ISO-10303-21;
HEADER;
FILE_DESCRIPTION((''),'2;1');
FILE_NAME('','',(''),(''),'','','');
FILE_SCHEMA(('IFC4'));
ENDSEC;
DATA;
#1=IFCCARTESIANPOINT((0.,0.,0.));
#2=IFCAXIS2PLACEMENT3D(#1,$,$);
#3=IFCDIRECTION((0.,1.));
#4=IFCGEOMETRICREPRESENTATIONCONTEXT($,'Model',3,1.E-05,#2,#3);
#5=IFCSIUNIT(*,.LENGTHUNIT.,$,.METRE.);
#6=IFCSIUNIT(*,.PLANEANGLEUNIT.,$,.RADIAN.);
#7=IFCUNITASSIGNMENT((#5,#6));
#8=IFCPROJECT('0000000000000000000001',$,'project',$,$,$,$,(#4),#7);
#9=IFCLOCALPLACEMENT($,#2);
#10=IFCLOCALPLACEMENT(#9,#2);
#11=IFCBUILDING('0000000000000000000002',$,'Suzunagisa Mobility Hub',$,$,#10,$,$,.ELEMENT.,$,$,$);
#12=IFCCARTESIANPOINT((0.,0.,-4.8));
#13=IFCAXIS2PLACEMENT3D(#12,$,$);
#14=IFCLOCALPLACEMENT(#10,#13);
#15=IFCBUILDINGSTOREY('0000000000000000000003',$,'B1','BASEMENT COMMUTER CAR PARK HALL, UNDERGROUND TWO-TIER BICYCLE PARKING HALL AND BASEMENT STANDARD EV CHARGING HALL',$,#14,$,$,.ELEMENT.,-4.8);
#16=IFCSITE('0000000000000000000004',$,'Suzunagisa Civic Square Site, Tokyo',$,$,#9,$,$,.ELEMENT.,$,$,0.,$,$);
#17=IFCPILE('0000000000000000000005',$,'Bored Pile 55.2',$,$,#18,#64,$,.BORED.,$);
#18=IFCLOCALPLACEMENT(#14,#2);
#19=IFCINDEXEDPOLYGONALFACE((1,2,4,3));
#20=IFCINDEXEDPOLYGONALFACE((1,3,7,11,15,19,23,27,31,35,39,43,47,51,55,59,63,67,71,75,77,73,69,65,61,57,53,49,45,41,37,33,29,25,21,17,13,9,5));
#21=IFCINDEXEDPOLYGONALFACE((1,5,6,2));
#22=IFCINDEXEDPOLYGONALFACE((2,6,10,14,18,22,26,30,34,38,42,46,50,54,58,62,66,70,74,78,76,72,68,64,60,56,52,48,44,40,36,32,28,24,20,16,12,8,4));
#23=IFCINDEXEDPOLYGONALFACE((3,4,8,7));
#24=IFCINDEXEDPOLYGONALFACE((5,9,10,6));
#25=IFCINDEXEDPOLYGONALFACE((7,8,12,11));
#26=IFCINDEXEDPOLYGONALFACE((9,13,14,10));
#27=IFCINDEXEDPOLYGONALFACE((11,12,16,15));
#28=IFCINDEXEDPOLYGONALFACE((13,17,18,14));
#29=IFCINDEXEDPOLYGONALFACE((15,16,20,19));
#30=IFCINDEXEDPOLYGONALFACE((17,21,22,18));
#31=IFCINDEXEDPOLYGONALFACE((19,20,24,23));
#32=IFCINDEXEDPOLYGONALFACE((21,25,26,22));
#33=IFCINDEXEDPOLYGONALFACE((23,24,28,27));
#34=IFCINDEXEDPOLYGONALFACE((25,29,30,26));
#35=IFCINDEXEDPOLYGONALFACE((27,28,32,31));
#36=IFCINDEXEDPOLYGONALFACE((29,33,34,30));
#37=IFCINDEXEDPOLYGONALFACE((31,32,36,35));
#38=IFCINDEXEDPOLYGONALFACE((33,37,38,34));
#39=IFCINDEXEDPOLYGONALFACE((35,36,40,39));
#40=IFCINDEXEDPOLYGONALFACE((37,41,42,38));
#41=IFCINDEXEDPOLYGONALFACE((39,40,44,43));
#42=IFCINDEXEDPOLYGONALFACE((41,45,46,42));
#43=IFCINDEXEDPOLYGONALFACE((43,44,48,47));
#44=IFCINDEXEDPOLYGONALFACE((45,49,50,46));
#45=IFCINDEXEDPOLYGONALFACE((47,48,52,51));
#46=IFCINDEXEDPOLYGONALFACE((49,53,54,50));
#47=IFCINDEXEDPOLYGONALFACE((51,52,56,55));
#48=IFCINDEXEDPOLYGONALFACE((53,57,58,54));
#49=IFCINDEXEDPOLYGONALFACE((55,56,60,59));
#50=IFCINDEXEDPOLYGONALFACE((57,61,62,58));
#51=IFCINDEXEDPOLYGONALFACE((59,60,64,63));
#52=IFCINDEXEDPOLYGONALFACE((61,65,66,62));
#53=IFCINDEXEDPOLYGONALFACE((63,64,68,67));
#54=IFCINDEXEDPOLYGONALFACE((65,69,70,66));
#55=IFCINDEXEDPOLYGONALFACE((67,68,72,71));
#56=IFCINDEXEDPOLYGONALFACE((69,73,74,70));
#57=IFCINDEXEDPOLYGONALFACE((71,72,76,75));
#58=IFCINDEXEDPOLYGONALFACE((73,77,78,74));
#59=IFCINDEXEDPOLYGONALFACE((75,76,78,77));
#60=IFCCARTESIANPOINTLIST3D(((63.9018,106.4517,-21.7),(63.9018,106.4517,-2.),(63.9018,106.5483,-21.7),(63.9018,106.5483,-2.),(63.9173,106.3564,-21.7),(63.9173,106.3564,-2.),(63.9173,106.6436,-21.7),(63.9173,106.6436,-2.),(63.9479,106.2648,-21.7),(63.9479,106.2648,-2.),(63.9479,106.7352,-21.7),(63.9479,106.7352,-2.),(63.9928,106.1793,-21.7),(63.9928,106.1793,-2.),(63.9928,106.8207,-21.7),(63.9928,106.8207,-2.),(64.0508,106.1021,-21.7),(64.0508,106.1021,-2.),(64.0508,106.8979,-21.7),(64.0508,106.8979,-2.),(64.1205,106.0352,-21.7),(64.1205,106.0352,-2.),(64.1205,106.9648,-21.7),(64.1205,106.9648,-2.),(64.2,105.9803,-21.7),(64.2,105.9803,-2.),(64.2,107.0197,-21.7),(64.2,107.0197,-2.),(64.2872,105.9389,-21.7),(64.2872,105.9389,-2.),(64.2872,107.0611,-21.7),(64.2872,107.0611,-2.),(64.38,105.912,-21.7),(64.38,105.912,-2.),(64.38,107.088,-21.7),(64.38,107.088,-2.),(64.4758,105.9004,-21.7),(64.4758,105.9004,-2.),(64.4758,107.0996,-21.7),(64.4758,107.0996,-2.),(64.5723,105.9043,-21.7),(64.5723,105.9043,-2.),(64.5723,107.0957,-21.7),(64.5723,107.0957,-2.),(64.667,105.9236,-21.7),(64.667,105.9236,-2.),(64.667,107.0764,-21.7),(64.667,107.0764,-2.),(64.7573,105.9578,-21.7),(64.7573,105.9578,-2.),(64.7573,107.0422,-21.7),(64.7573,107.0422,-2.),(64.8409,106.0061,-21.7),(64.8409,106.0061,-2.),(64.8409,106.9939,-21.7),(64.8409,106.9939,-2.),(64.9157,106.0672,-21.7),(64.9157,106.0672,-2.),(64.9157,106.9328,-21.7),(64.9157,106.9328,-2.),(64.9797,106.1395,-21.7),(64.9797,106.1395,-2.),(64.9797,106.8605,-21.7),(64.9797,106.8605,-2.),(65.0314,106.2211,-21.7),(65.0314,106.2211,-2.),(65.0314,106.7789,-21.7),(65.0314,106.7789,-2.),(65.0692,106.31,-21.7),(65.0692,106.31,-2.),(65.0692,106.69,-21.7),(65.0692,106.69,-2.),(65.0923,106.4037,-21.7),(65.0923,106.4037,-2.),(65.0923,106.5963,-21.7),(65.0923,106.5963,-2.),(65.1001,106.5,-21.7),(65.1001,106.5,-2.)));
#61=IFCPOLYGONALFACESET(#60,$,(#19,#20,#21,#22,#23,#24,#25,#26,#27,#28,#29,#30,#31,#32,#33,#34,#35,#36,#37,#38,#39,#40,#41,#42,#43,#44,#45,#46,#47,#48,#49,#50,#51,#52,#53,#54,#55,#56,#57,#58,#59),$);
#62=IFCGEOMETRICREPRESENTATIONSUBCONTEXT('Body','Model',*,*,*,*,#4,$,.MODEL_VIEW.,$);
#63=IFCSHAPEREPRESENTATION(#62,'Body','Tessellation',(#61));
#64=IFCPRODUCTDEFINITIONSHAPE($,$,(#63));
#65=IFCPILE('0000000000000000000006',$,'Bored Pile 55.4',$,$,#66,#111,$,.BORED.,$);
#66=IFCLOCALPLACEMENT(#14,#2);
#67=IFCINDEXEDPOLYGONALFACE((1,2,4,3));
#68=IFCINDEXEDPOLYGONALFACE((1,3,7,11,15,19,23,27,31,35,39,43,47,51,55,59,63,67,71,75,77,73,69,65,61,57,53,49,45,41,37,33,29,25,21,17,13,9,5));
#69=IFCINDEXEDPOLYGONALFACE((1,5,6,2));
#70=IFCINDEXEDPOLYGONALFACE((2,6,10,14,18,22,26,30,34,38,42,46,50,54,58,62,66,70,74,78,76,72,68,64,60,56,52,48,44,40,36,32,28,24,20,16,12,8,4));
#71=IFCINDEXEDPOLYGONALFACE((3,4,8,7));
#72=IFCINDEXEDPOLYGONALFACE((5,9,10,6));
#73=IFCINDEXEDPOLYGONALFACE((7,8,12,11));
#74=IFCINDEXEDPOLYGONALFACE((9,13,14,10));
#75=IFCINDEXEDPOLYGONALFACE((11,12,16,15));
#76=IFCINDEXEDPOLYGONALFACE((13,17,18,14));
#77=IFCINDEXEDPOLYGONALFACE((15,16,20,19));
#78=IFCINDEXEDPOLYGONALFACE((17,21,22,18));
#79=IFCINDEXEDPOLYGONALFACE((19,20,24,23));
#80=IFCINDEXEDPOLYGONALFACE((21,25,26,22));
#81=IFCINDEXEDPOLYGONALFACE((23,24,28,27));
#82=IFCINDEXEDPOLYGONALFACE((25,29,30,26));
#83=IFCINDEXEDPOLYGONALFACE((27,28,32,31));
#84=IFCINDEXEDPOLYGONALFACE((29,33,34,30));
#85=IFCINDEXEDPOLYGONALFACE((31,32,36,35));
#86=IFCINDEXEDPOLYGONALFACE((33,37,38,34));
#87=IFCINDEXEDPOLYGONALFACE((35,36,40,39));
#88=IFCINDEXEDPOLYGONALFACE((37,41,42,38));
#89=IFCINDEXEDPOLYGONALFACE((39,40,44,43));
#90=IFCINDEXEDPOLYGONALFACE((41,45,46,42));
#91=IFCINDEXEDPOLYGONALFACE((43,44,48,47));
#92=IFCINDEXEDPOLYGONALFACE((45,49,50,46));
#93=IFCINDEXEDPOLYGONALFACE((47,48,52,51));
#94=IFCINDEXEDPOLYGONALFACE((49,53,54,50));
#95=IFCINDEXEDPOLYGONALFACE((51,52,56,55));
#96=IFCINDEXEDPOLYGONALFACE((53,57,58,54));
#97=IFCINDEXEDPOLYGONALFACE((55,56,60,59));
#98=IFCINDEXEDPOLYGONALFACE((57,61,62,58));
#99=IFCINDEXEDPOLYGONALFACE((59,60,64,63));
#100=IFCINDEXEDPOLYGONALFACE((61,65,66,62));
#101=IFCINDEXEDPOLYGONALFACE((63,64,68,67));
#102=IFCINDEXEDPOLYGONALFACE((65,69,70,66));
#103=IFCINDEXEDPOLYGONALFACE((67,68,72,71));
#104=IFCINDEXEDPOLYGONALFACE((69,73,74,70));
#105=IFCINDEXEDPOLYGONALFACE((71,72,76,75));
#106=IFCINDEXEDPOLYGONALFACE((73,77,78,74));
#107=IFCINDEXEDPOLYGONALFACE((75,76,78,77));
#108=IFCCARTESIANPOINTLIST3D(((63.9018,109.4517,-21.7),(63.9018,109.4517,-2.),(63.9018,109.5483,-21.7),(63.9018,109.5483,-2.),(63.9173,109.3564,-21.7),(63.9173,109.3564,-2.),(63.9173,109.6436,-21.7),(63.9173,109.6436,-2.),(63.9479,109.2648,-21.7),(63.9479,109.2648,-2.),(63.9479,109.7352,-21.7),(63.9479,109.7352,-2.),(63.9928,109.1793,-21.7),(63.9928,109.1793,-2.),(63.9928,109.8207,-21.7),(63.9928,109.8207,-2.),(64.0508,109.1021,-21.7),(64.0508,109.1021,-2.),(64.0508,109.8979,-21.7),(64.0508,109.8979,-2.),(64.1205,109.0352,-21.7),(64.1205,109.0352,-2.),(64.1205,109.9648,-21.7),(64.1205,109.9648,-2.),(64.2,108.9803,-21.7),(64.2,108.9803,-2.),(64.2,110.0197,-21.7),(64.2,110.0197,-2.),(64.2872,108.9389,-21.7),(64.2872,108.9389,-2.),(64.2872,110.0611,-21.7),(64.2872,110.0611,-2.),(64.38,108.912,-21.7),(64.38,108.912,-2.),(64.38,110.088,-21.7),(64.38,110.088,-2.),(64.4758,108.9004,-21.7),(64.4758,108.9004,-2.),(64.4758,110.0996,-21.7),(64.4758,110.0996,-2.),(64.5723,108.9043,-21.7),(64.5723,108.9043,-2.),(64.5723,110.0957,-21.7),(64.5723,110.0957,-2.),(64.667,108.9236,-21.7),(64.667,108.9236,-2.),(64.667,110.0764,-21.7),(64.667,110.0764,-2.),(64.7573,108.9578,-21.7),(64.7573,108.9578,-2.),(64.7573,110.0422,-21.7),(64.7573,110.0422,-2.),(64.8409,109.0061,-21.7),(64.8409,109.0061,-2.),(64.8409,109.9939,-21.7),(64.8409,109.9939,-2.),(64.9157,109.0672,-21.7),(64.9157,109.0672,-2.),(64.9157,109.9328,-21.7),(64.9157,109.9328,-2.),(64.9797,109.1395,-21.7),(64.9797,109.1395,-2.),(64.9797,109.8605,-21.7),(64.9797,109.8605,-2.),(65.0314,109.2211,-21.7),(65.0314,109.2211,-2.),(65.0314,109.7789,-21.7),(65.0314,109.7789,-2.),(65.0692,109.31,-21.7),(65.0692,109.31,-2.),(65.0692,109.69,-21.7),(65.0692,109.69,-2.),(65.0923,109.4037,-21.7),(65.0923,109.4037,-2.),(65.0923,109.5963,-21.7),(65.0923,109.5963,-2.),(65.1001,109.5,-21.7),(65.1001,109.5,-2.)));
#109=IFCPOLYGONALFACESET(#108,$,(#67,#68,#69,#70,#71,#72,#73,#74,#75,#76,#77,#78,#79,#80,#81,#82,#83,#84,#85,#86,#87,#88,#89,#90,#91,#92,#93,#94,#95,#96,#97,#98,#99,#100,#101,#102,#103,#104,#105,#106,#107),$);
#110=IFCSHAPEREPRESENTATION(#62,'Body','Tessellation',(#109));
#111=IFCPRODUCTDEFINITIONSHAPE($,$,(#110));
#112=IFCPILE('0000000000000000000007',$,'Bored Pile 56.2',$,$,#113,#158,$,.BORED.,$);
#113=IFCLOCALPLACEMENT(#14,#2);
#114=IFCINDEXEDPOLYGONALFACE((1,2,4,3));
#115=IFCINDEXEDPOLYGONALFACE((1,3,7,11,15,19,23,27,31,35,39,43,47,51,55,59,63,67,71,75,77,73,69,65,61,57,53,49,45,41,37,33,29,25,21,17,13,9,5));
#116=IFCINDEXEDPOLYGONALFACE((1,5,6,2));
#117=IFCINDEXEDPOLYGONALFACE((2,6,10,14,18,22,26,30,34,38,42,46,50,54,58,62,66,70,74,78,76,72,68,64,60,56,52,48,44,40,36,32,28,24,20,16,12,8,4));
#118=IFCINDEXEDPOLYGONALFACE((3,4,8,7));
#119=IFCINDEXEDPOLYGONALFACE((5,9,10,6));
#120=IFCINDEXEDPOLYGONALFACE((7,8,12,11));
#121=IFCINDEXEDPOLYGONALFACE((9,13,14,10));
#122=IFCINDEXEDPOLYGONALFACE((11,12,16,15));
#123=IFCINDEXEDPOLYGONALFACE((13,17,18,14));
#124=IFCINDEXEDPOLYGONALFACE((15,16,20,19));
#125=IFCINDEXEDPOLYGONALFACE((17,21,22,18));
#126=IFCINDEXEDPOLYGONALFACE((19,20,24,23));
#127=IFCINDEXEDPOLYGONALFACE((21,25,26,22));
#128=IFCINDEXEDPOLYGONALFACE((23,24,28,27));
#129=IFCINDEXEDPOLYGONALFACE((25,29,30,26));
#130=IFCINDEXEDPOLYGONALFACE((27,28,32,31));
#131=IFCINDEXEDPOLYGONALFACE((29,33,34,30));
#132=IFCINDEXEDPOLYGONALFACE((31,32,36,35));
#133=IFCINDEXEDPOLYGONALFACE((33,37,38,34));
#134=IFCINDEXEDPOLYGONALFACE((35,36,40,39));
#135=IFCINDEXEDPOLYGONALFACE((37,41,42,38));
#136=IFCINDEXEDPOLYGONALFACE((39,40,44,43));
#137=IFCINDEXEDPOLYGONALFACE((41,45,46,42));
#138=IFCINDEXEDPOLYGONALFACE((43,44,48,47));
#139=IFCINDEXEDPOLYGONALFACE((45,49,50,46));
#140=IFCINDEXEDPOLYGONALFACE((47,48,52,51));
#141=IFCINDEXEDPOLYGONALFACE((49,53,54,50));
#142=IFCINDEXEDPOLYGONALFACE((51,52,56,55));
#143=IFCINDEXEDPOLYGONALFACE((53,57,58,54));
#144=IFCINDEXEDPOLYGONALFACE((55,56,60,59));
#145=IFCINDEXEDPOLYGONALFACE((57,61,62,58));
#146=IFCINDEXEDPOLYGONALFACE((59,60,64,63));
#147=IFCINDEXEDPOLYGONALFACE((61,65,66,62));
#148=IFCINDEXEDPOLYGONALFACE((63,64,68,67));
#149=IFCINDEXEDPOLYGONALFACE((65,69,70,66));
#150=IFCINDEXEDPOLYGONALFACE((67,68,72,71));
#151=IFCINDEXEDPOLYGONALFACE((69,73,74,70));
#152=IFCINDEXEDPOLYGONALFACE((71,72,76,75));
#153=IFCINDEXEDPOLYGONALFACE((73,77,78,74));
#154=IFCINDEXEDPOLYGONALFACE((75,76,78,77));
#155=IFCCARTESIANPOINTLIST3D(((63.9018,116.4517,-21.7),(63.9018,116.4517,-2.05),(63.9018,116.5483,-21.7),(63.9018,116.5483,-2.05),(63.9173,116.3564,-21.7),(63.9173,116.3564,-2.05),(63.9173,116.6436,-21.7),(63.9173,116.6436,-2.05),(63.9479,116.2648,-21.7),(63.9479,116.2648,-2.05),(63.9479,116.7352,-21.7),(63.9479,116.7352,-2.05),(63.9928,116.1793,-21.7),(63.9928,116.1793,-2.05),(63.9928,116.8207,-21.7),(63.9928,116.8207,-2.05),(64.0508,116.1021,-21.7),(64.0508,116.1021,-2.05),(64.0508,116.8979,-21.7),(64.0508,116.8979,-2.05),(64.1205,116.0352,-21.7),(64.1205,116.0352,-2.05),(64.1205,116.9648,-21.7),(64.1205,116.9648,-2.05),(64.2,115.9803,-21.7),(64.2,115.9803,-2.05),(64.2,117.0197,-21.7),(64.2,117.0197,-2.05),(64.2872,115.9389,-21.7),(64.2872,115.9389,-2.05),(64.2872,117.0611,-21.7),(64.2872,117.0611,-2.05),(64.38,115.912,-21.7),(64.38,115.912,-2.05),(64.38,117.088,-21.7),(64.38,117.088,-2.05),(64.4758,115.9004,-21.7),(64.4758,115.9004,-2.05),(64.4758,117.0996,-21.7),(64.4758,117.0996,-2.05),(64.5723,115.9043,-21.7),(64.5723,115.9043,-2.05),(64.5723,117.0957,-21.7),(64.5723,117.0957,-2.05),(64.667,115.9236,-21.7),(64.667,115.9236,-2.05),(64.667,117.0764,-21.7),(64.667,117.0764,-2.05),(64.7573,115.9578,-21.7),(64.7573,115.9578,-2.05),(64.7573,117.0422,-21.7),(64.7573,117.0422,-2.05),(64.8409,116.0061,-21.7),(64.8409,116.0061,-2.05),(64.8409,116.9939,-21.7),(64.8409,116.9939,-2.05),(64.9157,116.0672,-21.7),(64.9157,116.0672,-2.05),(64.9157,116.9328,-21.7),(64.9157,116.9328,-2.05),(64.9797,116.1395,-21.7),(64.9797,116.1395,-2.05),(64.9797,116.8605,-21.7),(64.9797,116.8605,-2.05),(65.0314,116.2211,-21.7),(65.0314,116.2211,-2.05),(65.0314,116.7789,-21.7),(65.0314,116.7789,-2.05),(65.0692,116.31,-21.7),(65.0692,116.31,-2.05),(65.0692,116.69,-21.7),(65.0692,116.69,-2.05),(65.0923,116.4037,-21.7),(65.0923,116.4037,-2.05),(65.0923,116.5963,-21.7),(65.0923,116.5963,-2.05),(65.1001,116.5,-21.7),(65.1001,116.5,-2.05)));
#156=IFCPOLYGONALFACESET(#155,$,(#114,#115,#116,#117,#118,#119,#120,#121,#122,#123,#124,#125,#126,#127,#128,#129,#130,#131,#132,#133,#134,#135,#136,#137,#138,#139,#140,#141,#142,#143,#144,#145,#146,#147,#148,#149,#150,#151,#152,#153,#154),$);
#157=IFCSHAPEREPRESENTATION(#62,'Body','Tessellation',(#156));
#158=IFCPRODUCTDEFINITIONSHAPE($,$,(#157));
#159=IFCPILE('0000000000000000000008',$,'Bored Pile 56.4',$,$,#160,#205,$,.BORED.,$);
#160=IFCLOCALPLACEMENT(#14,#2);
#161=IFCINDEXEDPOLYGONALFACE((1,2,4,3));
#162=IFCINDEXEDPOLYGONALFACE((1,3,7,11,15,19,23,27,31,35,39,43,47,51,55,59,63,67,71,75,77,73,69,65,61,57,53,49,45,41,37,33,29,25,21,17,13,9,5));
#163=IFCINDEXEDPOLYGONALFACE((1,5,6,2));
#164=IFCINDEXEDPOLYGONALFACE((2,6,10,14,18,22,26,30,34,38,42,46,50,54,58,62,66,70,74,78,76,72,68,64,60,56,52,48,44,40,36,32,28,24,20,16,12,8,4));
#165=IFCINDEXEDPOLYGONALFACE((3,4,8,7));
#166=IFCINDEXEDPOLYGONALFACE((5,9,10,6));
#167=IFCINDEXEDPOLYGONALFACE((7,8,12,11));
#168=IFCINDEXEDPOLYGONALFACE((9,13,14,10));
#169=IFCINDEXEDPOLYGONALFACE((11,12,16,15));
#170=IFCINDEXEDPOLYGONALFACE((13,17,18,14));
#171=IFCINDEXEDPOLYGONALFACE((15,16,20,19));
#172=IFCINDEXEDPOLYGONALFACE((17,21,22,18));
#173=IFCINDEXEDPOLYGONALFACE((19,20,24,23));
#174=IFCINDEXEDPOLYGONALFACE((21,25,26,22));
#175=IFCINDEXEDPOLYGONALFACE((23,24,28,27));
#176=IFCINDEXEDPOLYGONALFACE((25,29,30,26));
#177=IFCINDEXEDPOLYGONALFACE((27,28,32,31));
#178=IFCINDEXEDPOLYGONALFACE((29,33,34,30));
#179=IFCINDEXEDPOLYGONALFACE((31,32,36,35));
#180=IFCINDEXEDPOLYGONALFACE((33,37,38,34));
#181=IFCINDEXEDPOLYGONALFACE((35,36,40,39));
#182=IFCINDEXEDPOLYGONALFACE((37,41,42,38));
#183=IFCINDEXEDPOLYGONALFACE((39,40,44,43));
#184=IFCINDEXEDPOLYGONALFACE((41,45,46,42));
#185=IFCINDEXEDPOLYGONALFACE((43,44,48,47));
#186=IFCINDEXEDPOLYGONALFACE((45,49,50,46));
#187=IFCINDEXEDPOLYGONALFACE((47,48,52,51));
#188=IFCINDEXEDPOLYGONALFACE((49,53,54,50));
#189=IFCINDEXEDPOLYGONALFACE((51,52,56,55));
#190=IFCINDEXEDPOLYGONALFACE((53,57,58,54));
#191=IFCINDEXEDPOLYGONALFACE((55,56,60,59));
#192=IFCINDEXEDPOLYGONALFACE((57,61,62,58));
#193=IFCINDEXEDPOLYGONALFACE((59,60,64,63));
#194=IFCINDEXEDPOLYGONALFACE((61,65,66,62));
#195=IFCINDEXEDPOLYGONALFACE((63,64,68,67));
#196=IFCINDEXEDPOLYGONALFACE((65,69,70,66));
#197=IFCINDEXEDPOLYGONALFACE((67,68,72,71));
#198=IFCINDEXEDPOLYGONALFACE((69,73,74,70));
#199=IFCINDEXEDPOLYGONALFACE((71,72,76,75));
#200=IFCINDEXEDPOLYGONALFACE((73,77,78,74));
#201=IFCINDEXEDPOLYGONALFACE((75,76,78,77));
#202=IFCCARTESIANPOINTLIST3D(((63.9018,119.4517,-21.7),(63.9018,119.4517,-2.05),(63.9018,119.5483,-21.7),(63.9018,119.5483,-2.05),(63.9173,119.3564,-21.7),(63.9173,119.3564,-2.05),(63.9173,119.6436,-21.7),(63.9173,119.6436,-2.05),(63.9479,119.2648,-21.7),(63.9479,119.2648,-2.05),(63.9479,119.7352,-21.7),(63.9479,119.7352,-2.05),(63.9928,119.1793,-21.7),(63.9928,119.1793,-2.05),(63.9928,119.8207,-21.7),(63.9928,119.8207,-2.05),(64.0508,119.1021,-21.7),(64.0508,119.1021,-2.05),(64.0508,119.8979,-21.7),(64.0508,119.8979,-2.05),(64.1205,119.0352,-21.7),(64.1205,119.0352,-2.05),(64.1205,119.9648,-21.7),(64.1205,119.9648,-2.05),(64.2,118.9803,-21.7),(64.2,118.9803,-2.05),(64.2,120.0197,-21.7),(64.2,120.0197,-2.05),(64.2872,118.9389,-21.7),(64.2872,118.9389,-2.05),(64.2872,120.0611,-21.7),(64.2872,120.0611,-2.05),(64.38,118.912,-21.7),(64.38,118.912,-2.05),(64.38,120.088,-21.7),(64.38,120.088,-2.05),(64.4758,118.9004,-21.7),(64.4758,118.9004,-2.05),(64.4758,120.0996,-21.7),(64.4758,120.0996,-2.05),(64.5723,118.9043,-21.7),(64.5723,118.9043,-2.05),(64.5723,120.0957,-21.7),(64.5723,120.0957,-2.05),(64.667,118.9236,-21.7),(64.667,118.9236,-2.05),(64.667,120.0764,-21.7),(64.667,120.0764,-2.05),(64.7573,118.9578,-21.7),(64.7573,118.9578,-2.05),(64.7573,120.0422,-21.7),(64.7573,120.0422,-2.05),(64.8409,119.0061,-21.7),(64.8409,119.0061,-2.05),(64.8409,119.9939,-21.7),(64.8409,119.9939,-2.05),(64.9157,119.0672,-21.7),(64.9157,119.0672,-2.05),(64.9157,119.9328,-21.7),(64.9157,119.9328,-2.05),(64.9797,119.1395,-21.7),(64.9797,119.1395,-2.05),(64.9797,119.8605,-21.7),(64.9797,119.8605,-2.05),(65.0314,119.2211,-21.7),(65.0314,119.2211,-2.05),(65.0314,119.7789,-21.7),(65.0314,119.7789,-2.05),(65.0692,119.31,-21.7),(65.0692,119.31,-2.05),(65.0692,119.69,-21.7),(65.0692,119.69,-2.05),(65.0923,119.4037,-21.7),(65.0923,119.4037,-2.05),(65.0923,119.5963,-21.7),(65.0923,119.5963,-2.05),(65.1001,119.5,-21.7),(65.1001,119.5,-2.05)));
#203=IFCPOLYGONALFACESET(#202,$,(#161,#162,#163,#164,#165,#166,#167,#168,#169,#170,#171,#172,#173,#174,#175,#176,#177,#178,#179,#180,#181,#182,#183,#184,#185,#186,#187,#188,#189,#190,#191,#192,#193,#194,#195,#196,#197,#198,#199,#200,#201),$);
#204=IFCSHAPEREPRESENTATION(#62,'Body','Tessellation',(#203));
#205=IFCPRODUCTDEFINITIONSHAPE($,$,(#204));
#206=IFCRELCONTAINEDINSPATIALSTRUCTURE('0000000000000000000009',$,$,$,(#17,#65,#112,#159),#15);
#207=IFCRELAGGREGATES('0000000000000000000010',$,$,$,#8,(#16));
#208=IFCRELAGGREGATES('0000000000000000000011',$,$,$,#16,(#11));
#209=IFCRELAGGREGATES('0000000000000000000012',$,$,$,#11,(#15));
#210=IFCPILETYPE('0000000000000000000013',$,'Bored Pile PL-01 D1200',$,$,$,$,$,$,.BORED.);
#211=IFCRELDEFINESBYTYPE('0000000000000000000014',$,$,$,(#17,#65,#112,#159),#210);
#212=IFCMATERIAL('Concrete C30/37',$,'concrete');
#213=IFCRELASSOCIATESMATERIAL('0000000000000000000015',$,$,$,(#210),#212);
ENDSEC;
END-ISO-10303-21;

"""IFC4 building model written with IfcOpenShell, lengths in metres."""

from ifc_helpers import new_model, si_unit, direction, frame, origin, origin_2d, place, context, subcontext, project, spatial, circle, extrude, material, material_profile, profile_set, type_object, element, save


model = new_model("IFC4")

# Units and contexts
model_context = context("Model", 3, precision=1e-05, world=origin(), true_north=direction((0.0, 1.0)))
body_context = subcontext(model_context, "Body", "Model", "MODEL_VIEW")
ifc_project = project(units=[si_unit("LENGTHUNIT", "METRE"), si_unit("PLANEANGLEUNIT", "RADIAN")], contexts=[model_context])

# Site, building, storey
site_placement = place(None, origin())
site = spatial("IfcSite", under=ifc_project, at=site_placement, Name="Suzunagisa Civic Square Site, Tokyo", CompositionType="ELEMENT", RefElevation=0.0)
building_placement = place(site_placement, origin())
building = spatial("IfcBuilding", under=site, at=building_placement, Name="Suzunagisa Mobility Hub", CompositionType="ELEMENT")
storey_placement = place(building_placement, frame((0.0, 0.0, -4.8)))
storey = spatial("IfcBuildingStorey", under=building, at=storey_placement, Name="B1", Description="BASEMENT COMMUTER CAR PARK HALL, UNDERGROUND TWO-TIER BICYCLE PARKING HALL AND BASEMENT STANDARD EV CHARGING HALL", CompositionType="ELEMENT", Elevation=-4.8)

# Piles
ifc_material_1 = material(Name="Concrete C30/37", Category="concrete")
ifc_material_profile_1 = material_profile(ifc_material_1, circle(Radius=0.6001, at=origin_2d()), Name="BORED PILE D1200")
ifc_profile_set_1 = profile_set([ifc_material_profile_1], Name="Concrete C30/37")
pile_type = type_object("IfcPileType", Name="Bored Pile PL-01 D1200", PredefinedType="BORED", material=ifc_profile_set_1)
for number, where, z_axis, x_axis, name in (
    (1, (64.5, 106.5, -2.0), (0.0, 0.0, -1.0), (1.0, 0.0, 0.0), "Bored Pile 55.2"),
    (2, (64.5, 109.5, -2.0), (0.0, 0.0, -1.0), (1.0, 0.0, 0.0), "Bored Pile 55.4"),
):
    element("IfcPile", number, at=place(storey_placement, frame(where, z_axis=z_axis, x_axis=x_axis)), inside=storey, type_object=pile_type, Name=name, PredefinedType="BORED", context=body_context, shape_type="SweptSolid", body=[
        extrude(circle(Radius=0.6001, at=origin_2d()), origin(), (0.0, 0.0, 1.0), 19.7),
    ])
for number, where, z_axis, x_axis, name in (
    (3, (64.5, 116.5, -2.05), (0.0, 0.0, -1.0), (1.0, 0.0, 0.0), "Bored Pile 56.2"),
    (4, (64.5, 119.5, -2.05), (0.0, 0.0, -1.0), (1.0, 0.0, 0.0), "Bored Pile 56.4"),
):
    element("IfcPile", number, at=place(storey_placement, frame(where, z_axis=z_axis, x_axis=x_axis)), inside=storey, type_object=pile_type, Name=name, PredefinedType="BORED", context=body_context, shape_type="SweptSolid", body=[
        extrude(circle(Radius=0.6001, at=origin_2d()), origin(), (0.0, 0.0, 1.0), 19.6499),
    ])

save(model, "model.ifc")
